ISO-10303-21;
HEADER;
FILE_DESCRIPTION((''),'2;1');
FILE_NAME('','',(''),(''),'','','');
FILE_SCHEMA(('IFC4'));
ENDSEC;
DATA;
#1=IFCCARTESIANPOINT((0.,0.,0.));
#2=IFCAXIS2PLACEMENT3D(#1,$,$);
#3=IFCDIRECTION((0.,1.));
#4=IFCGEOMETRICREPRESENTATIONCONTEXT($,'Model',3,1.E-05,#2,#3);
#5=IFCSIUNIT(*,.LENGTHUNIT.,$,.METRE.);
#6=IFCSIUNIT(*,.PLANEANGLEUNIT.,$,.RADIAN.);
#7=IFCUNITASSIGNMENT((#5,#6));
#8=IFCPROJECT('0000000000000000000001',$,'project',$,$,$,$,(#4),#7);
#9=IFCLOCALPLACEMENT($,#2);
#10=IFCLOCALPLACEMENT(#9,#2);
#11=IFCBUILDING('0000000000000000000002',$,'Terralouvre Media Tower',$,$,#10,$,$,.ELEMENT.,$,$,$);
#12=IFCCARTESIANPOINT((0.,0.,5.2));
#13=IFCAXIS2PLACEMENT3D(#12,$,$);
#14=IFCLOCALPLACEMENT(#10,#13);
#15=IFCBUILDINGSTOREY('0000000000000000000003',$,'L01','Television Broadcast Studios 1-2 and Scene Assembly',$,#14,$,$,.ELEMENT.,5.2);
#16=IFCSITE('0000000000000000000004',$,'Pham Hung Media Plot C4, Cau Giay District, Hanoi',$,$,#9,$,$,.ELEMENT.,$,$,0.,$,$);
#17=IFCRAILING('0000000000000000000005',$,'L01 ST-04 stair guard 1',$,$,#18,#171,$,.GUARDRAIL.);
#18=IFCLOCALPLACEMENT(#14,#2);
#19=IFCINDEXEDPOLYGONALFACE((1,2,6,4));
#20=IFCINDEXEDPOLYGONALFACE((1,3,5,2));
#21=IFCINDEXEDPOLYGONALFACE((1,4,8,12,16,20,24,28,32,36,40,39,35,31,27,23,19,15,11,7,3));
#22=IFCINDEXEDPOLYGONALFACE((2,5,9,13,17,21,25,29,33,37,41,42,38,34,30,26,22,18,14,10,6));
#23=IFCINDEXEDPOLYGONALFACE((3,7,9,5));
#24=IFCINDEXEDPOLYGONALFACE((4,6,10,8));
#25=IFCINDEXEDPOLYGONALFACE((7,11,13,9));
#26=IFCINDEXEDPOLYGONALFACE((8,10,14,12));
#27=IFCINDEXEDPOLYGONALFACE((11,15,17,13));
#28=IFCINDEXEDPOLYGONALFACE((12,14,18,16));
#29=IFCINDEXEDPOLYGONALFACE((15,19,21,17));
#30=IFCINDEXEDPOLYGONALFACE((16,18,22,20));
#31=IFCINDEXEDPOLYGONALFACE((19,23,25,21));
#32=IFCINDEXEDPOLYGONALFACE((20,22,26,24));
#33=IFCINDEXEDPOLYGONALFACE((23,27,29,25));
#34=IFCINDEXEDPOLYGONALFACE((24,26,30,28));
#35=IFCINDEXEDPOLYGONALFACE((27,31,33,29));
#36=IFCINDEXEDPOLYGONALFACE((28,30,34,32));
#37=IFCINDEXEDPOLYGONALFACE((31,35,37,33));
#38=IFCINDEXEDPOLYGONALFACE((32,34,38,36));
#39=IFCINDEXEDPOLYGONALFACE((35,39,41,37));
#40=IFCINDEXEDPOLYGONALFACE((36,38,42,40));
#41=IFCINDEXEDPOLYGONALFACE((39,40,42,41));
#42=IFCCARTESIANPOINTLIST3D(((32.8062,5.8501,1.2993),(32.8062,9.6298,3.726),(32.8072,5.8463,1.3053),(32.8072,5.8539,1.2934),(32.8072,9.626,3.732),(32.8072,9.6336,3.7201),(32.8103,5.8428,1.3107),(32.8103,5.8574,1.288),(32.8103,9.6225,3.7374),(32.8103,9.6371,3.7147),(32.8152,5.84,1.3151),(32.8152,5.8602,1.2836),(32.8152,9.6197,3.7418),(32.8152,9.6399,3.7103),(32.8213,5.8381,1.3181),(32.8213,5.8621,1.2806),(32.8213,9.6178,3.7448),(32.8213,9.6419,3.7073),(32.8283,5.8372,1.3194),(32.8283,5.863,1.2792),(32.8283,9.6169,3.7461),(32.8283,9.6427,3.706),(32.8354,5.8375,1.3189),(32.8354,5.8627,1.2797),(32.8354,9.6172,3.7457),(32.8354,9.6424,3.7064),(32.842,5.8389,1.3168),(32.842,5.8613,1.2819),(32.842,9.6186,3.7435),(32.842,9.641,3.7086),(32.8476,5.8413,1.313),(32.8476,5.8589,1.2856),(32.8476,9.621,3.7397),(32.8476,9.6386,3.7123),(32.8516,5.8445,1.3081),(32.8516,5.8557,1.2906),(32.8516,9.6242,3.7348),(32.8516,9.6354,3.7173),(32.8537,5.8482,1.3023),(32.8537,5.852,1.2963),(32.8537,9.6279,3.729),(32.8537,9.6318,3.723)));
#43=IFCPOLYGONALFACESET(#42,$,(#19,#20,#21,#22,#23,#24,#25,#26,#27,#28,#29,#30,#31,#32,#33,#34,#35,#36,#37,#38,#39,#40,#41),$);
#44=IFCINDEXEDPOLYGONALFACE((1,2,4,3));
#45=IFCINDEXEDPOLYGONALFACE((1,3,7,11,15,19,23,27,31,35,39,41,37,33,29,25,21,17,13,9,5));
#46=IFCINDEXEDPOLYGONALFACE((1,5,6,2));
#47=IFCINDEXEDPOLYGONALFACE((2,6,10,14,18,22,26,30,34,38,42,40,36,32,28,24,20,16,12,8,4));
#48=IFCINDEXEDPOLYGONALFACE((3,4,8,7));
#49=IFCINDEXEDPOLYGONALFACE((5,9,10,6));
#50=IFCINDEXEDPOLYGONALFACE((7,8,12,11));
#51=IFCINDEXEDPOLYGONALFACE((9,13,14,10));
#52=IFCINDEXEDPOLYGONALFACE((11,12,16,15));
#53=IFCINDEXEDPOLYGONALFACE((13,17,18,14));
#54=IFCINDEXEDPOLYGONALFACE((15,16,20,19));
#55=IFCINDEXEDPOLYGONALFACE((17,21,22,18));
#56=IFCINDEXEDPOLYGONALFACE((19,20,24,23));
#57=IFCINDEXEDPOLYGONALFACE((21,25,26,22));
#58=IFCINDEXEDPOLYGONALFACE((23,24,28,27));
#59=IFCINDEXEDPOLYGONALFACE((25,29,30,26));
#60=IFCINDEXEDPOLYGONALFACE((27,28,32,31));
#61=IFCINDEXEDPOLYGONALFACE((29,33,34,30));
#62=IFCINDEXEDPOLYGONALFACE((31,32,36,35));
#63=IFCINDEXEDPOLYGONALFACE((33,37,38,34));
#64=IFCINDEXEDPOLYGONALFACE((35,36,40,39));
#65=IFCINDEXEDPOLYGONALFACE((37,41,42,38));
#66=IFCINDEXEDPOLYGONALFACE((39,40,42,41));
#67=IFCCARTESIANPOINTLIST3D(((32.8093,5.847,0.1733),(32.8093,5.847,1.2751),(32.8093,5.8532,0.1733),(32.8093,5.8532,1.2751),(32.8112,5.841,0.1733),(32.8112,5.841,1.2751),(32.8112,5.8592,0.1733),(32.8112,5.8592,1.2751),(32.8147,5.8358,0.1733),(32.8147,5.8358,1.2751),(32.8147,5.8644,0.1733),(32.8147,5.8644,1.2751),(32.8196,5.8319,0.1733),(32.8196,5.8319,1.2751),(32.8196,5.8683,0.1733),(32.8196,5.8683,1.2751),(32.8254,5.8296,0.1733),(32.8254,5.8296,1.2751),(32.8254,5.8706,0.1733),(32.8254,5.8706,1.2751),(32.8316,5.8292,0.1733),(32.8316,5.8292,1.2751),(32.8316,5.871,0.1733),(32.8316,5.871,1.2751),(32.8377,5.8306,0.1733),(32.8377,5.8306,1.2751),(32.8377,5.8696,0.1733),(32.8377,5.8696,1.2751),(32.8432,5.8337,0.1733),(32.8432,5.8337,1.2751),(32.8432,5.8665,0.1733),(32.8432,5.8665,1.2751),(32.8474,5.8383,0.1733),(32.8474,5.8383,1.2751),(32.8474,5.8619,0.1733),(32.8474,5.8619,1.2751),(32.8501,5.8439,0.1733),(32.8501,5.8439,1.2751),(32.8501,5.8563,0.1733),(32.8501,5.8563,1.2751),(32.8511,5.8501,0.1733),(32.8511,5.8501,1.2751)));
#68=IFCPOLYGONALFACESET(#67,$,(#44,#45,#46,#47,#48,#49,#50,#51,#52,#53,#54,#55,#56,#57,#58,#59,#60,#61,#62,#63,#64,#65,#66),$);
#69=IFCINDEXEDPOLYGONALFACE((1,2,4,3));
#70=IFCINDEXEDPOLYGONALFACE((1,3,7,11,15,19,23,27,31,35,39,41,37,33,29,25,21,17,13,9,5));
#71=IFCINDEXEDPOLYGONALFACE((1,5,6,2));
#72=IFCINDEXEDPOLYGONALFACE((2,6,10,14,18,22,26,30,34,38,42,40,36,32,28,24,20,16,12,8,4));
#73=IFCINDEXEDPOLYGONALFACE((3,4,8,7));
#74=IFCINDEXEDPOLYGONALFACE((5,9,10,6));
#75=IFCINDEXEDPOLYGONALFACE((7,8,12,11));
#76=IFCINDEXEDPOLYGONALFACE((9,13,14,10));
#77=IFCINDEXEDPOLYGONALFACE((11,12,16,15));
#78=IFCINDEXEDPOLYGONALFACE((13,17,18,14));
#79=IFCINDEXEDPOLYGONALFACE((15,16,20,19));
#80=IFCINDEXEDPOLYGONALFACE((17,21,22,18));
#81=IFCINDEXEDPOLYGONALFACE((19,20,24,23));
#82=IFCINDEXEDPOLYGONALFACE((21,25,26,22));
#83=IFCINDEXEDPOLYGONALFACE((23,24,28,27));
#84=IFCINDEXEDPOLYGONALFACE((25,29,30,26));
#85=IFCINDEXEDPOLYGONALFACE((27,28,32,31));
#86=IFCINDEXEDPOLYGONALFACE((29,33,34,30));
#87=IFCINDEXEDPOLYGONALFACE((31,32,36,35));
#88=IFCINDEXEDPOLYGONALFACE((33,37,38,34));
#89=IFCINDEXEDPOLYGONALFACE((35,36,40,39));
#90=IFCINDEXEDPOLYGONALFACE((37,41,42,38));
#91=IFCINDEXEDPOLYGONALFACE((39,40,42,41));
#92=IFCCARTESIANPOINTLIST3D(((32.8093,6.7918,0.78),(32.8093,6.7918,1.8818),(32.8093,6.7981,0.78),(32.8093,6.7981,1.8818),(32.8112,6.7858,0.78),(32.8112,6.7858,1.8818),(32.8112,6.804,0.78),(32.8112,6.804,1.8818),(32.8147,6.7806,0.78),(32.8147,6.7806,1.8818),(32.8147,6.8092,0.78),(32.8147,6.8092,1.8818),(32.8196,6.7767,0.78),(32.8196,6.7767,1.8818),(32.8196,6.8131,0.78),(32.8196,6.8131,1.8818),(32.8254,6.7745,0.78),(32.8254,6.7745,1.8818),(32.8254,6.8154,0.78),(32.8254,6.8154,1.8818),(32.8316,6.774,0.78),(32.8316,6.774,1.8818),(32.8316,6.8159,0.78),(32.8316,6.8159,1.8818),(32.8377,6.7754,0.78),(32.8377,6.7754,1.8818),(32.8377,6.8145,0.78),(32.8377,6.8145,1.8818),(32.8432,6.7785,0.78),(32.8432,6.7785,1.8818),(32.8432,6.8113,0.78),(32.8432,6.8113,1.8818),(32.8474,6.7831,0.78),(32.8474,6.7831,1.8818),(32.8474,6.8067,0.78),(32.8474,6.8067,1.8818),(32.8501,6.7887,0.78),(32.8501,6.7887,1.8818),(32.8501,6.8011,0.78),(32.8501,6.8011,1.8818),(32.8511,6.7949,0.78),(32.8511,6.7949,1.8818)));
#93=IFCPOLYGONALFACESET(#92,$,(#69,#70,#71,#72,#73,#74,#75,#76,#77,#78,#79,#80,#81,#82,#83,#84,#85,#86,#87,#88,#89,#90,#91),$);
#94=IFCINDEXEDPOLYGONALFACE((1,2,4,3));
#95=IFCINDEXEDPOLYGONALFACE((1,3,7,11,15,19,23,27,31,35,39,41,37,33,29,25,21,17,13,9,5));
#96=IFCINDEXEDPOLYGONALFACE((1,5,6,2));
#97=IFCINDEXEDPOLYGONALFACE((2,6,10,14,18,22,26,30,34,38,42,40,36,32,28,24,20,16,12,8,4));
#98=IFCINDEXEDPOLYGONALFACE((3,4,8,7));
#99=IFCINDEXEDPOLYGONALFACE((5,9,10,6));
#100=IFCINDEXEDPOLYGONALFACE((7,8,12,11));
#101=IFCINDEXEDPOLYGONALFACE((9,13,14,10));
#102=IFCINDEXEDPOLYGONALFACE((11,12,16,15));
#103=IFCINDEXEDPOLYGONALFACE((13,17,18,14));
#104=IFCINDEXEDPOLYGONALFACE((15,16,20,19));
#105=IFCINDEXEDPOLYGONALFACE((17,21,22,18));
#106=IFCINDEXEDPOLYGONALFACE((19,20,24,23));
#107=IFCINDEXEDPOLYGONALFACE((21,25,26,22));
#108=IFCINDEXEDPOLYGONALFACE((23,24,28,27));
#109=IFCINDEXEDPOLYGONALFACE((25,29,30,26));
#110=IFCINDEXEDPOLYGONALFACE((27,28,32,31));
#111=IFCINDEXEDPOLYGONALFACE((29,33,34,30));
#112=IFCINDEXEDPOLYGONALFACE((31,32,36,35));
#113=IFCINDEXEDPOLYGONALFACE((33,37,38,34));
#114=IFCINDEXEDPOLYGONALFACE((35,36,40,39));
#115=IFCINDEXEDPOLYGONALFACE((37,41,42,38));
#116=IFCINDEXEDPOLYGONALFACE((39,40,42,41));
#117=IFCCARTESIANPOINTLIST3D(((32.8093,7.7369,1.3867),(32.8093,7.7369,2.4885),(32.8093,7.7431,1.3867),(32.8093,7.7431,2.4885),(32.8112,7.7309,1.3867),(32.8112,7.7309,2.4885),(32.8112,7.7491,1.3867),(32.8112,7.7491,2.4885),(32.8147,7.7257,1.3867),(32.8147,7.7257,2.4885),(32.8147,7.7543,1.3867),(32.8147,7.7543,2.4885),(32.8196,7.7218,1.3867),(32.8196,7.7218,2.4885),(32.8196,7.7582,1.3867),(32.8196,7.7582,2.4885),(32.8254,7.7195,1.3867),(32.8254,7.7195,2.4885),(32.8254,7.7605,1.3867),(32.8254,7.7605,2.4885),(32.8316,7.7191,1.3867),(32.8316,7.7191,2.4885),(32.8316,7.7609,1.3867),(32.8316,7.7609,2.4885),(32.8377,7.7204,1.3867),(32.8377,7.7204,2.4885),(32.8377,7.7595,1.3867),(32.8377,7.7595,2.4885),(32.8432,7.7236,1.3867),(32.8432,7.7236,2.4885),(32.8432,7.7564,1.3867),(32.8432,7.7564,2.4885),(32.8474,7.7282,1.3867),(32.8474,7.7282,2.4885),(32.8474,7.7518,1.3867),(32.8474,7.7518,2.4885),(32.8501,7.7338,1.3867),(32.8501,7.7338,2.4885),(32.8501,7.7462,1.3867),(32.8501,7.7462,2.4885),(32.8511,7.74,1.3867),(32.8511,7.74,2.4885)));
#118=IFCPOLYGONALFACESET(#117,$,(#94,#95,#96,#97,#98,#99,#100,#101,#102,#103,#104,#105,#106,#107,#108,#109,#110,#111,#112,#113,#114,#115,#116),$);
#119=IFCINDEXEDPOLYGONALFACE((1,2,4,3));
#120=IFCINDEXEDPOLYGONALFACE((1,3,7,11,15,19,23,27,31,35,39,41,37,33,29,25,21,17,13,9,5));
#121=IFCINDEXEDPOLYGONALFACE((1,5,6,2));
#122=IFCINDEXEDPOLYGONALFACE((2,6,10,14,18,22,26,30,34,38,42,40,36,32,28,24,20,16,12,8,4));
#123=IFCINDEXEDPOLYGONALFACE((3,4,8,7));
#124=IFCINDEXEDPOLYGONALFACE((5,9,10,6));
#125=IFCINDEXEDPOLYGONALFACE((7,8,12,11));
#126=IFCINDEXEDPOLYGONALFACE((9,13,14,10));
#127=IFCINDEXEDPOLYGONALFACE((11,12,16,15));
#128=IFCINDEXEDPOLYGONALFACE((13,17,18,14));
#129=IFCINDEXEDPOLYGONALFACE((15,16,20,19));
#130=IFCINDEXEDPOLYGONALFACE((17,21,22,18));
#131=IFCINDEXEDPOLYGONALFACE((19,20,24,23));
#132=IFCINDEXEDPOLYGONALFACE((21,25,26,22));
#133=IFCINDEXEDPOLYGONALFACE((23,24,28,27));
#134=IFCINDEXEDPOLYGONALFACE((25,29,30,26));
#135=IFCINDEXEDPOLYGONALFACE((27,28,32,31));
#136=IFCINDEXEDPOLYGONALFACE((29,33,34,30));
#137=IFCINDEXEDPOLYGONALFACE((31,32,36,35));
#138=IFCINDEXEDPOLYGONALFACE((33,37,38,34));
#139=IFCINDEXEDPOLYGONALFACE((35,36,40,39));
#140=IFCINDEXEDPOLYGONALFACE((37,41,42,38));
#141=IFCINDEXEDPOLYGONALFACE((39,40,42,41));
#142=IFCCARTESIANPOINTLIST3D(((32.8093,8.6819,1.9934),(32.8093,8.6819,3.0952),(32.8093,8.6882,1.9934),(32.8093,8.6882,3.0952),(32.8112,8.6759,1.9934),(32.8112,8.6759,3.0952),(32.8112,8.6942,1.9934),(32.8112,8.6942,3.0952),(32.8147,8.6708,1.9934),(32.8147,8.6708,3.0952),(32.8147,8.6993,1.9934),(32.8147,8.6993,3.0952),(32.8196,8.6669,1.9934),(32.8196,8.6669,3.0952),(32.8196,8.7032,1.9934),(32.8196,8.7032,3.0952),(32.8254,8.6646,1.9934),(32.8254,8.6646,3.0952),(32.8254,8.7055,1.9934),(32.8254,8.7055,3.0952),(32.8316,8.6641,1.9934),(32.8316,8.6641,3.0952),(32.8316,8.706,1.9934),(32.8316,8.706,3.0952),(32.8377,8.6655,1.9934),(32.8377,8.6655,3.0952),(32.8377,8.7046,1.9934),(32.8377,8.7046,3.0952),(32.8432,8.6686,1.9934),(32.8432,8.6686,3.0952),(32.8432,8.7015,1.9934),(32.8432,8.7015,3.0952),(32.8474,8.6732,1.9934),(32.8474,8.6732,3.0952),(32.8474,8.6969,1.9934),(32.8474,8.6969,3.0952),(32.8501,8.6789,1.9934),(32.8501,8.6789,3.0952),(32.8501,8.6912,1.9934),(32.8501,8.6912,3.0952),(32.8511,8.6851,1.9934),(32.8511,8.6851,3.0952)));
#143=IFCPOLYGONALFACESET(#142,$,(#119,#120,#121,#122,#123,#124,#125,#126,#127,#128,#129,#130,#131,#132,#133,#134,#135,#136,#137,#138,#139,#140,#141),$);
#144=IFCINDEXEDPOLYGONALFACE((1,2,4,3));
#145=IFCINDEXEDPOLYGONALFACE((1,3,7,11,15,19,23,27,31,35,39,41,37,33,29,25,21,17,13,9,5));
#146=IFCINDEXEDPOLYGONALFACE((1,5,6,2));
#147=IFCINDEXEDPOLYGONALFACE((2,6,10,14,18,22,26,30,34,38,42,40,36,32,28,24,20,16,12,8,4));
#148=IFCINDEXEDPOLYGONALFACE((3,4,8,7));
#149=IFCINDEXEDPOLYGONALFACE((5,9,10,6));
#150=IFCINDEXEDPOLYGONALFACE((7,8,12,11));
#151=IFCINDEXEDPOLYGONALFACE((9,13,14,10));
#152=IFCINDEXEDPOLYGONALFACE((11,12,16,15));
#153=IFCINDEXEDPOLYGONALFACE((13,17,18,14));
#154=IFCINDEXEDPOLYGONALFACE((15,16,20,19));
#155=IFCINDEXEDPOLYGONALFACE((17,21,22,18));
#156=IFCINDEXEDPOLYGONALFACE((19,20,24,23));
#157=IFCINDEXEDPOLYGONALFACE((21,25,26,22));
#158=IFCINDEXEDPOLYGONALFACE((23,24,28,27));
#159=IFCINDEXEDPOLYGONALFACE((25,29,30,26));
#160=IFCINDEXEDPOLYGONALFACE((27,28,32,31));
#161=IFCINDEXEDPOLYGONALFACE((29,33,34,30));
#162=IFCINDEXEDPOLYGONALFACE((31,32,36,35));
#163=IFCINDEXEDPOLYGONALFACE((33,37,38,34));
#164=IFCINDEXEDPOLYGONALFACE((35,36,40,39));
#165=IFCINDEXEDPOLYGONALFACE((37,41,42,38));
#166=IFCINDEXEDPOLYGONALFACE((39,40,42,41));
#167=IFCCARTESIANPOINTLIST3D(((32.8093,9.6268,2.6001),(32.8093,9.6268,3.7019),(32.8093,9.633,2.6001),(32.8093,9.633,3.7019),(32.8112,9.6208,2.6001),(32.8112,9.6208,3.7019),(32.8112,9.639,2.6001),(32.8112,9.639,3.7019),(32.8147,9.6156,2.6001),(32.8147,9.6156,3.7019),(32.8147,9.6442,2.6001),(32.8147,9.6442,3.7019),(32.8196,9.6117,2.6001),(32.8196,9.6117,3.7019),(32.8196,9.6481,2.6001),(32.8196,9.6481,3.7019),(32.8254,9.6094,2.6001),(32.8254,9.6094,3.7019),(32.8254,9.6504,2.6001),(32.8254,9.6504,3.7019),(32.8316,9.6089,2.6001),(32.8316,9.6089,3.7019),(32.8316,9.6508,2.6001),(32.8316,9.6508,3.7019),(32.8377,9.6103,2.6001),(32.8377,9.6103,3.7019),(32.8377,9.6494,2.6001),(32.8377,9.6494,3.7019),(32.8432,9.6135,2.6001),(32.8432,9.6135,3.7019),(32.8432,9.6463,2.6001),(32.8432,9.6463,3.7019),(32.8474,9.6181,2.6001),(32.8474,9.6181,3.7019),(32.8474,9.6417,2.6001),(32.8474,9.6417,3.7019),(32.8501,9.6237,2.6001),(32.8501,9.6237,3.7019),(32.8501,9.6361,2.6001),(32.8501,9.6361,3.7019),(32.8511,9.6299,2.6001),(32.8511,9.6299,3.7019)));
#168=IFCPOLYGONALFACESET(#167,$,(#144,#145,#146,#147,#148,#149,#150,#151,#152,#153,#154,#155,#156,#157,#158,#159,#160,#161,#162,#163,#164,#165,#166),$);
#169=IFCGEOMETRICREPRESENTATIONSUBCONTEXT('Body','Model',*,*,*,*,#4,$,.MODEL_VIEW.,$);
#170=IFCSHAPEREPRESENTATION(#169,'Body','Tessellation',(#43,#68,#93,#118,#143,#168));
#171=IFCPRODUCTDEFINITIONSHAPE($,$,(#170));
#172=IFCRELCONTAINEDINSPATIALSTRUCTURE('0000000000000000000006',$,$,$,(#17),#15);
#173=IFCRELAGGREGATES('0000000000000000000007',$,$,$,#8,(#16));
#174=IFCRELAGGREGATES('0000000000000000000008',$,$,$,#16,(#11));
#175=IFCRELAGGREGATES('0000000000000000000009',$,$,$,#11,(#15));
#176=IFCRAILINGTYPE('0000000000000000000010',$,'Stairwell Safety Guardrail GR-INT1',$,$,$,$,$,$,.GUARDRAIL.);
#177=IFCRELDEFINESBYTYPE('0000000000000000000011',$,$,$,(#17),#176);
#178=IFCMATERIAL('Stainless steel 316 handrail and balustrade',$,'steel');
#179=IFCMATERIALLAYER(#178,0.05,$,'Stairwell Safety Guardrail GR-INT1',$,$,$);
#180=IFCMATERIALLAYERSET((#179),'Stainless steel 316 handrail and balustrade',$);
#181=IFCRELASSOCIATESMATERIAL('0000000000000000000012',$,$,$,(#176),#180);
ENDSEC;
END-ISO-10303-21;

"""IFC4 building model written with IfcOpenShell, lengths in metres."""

from ifc_helpers import new_model, si_unit, direction, frame, origin, origin_2d, place, context, subcontext, project, spatial, circle, extrude, material, layer, layer_set, type_object, element, save


model = new_model("IFC4")

# Units and contexts
model_context = context("Model", 3, precision=1e-05, world=origin(), true_north=direction((0.0, 1.0)))
body_context = subcontext(model_context, "Body", "Model", "MODEL_VIEW")
ifc_project = project(units=[si_unit("LENGTHUNIT", "METRE"), si_unit("PLANEANGLEUNIT", "RADIAN")], contexts=[model_context])

# Site, building, storey
site_placement = place(None, origin())
site = spatial("IfcSite", under=ifc_project, at=site_placement, Name="Pham Hung Media Plot C4, Cau Giay District, Hanoi", CompositionType="ELEMENT", RefElevation=0.0)
building_placement = place(site_placement, origin())
building = spatial("IfcBuilding", under=site, at=building_placement, Name="Terralouvre Media Tower", CompositionType="ELEMENT")
storey_placement = place(building_placement, frame((0.0, 0.0, 5.2)))
storey = spatial("IfcBuildingStorey", under=building, at=storey_placement, Name="L01", Description="Television Broadcast Studios 1-2 and Scene Assembly", CompositionType="ELEMENT", Elevation=5.2)

# Railing
ifc_material_1 = material(Name="Stainless steel 316 handrail and balustrade", Category="steel")
ifc_layer_1 = layer(ifc_material_1, 0.05, Name="Stairwell Safety Guardrail GR-INT1")
ifc_layer_set_1 = layer_set([ifc_layer_1], Name="Stainless steel 316 handrail and balustrade")
railing_type_1 = type_object("IfcRailingType", Name="Stairwell Safety Guardrail GR-INT1", PredefinedType="GUARDRAIL", material=ifc_layer_set_1)
railing_1_placement = place(storey_placement, frame((32.8301, 5.8501, 0.1733)))
element("IfcRailing", 1, at=railing_1_placement, inside=storey, type_object=railing_type_1, Name="L01 ST-04 stair guard 1", PredefinedType="GUARDRAIL", context=body_context, shape_type="SweptSolid", body=[
    extrude(circle(Radius=0.0239, at=origin_2d()), frame((0.0, 0.0, 1.126), z_axis=(0.0, 0.841493, 0.540269), x_axis=(-1.0, 0.0, 0.0)), (0.0, 0.0, 1.0), 4.4917),
    extrude(circle(Radius=0.021, at=origin_2d()), origin(), (0.0, 0.0, 1.0), 1.1018),
    extrude(circle(Radius=0.021, at=origin_2d()), frame((0.0, 0.9448, 0.6067)), (0.0, 0.0, 1.0), 1.1018),
    extrude(circle(Radius=0.021, at=origin_2d()), frame((0.0, 1.8899, 1.2134)), (0.0, 0.0, 1.0), 1.1018),
    extrude(circle(Radius=0.021, at=origin_2d()), frame((0.0, 2.835, 1.8201)), (0.0, 0.0, 1.0), 1.1018),
    extrude(circle(Radius=0.021, at=origin_2d()), frame((0.0, 3.7798, 2.4268)), (0.0, 0.0, 1.0), 1.1018),
])

save(model, "model.ifc")
